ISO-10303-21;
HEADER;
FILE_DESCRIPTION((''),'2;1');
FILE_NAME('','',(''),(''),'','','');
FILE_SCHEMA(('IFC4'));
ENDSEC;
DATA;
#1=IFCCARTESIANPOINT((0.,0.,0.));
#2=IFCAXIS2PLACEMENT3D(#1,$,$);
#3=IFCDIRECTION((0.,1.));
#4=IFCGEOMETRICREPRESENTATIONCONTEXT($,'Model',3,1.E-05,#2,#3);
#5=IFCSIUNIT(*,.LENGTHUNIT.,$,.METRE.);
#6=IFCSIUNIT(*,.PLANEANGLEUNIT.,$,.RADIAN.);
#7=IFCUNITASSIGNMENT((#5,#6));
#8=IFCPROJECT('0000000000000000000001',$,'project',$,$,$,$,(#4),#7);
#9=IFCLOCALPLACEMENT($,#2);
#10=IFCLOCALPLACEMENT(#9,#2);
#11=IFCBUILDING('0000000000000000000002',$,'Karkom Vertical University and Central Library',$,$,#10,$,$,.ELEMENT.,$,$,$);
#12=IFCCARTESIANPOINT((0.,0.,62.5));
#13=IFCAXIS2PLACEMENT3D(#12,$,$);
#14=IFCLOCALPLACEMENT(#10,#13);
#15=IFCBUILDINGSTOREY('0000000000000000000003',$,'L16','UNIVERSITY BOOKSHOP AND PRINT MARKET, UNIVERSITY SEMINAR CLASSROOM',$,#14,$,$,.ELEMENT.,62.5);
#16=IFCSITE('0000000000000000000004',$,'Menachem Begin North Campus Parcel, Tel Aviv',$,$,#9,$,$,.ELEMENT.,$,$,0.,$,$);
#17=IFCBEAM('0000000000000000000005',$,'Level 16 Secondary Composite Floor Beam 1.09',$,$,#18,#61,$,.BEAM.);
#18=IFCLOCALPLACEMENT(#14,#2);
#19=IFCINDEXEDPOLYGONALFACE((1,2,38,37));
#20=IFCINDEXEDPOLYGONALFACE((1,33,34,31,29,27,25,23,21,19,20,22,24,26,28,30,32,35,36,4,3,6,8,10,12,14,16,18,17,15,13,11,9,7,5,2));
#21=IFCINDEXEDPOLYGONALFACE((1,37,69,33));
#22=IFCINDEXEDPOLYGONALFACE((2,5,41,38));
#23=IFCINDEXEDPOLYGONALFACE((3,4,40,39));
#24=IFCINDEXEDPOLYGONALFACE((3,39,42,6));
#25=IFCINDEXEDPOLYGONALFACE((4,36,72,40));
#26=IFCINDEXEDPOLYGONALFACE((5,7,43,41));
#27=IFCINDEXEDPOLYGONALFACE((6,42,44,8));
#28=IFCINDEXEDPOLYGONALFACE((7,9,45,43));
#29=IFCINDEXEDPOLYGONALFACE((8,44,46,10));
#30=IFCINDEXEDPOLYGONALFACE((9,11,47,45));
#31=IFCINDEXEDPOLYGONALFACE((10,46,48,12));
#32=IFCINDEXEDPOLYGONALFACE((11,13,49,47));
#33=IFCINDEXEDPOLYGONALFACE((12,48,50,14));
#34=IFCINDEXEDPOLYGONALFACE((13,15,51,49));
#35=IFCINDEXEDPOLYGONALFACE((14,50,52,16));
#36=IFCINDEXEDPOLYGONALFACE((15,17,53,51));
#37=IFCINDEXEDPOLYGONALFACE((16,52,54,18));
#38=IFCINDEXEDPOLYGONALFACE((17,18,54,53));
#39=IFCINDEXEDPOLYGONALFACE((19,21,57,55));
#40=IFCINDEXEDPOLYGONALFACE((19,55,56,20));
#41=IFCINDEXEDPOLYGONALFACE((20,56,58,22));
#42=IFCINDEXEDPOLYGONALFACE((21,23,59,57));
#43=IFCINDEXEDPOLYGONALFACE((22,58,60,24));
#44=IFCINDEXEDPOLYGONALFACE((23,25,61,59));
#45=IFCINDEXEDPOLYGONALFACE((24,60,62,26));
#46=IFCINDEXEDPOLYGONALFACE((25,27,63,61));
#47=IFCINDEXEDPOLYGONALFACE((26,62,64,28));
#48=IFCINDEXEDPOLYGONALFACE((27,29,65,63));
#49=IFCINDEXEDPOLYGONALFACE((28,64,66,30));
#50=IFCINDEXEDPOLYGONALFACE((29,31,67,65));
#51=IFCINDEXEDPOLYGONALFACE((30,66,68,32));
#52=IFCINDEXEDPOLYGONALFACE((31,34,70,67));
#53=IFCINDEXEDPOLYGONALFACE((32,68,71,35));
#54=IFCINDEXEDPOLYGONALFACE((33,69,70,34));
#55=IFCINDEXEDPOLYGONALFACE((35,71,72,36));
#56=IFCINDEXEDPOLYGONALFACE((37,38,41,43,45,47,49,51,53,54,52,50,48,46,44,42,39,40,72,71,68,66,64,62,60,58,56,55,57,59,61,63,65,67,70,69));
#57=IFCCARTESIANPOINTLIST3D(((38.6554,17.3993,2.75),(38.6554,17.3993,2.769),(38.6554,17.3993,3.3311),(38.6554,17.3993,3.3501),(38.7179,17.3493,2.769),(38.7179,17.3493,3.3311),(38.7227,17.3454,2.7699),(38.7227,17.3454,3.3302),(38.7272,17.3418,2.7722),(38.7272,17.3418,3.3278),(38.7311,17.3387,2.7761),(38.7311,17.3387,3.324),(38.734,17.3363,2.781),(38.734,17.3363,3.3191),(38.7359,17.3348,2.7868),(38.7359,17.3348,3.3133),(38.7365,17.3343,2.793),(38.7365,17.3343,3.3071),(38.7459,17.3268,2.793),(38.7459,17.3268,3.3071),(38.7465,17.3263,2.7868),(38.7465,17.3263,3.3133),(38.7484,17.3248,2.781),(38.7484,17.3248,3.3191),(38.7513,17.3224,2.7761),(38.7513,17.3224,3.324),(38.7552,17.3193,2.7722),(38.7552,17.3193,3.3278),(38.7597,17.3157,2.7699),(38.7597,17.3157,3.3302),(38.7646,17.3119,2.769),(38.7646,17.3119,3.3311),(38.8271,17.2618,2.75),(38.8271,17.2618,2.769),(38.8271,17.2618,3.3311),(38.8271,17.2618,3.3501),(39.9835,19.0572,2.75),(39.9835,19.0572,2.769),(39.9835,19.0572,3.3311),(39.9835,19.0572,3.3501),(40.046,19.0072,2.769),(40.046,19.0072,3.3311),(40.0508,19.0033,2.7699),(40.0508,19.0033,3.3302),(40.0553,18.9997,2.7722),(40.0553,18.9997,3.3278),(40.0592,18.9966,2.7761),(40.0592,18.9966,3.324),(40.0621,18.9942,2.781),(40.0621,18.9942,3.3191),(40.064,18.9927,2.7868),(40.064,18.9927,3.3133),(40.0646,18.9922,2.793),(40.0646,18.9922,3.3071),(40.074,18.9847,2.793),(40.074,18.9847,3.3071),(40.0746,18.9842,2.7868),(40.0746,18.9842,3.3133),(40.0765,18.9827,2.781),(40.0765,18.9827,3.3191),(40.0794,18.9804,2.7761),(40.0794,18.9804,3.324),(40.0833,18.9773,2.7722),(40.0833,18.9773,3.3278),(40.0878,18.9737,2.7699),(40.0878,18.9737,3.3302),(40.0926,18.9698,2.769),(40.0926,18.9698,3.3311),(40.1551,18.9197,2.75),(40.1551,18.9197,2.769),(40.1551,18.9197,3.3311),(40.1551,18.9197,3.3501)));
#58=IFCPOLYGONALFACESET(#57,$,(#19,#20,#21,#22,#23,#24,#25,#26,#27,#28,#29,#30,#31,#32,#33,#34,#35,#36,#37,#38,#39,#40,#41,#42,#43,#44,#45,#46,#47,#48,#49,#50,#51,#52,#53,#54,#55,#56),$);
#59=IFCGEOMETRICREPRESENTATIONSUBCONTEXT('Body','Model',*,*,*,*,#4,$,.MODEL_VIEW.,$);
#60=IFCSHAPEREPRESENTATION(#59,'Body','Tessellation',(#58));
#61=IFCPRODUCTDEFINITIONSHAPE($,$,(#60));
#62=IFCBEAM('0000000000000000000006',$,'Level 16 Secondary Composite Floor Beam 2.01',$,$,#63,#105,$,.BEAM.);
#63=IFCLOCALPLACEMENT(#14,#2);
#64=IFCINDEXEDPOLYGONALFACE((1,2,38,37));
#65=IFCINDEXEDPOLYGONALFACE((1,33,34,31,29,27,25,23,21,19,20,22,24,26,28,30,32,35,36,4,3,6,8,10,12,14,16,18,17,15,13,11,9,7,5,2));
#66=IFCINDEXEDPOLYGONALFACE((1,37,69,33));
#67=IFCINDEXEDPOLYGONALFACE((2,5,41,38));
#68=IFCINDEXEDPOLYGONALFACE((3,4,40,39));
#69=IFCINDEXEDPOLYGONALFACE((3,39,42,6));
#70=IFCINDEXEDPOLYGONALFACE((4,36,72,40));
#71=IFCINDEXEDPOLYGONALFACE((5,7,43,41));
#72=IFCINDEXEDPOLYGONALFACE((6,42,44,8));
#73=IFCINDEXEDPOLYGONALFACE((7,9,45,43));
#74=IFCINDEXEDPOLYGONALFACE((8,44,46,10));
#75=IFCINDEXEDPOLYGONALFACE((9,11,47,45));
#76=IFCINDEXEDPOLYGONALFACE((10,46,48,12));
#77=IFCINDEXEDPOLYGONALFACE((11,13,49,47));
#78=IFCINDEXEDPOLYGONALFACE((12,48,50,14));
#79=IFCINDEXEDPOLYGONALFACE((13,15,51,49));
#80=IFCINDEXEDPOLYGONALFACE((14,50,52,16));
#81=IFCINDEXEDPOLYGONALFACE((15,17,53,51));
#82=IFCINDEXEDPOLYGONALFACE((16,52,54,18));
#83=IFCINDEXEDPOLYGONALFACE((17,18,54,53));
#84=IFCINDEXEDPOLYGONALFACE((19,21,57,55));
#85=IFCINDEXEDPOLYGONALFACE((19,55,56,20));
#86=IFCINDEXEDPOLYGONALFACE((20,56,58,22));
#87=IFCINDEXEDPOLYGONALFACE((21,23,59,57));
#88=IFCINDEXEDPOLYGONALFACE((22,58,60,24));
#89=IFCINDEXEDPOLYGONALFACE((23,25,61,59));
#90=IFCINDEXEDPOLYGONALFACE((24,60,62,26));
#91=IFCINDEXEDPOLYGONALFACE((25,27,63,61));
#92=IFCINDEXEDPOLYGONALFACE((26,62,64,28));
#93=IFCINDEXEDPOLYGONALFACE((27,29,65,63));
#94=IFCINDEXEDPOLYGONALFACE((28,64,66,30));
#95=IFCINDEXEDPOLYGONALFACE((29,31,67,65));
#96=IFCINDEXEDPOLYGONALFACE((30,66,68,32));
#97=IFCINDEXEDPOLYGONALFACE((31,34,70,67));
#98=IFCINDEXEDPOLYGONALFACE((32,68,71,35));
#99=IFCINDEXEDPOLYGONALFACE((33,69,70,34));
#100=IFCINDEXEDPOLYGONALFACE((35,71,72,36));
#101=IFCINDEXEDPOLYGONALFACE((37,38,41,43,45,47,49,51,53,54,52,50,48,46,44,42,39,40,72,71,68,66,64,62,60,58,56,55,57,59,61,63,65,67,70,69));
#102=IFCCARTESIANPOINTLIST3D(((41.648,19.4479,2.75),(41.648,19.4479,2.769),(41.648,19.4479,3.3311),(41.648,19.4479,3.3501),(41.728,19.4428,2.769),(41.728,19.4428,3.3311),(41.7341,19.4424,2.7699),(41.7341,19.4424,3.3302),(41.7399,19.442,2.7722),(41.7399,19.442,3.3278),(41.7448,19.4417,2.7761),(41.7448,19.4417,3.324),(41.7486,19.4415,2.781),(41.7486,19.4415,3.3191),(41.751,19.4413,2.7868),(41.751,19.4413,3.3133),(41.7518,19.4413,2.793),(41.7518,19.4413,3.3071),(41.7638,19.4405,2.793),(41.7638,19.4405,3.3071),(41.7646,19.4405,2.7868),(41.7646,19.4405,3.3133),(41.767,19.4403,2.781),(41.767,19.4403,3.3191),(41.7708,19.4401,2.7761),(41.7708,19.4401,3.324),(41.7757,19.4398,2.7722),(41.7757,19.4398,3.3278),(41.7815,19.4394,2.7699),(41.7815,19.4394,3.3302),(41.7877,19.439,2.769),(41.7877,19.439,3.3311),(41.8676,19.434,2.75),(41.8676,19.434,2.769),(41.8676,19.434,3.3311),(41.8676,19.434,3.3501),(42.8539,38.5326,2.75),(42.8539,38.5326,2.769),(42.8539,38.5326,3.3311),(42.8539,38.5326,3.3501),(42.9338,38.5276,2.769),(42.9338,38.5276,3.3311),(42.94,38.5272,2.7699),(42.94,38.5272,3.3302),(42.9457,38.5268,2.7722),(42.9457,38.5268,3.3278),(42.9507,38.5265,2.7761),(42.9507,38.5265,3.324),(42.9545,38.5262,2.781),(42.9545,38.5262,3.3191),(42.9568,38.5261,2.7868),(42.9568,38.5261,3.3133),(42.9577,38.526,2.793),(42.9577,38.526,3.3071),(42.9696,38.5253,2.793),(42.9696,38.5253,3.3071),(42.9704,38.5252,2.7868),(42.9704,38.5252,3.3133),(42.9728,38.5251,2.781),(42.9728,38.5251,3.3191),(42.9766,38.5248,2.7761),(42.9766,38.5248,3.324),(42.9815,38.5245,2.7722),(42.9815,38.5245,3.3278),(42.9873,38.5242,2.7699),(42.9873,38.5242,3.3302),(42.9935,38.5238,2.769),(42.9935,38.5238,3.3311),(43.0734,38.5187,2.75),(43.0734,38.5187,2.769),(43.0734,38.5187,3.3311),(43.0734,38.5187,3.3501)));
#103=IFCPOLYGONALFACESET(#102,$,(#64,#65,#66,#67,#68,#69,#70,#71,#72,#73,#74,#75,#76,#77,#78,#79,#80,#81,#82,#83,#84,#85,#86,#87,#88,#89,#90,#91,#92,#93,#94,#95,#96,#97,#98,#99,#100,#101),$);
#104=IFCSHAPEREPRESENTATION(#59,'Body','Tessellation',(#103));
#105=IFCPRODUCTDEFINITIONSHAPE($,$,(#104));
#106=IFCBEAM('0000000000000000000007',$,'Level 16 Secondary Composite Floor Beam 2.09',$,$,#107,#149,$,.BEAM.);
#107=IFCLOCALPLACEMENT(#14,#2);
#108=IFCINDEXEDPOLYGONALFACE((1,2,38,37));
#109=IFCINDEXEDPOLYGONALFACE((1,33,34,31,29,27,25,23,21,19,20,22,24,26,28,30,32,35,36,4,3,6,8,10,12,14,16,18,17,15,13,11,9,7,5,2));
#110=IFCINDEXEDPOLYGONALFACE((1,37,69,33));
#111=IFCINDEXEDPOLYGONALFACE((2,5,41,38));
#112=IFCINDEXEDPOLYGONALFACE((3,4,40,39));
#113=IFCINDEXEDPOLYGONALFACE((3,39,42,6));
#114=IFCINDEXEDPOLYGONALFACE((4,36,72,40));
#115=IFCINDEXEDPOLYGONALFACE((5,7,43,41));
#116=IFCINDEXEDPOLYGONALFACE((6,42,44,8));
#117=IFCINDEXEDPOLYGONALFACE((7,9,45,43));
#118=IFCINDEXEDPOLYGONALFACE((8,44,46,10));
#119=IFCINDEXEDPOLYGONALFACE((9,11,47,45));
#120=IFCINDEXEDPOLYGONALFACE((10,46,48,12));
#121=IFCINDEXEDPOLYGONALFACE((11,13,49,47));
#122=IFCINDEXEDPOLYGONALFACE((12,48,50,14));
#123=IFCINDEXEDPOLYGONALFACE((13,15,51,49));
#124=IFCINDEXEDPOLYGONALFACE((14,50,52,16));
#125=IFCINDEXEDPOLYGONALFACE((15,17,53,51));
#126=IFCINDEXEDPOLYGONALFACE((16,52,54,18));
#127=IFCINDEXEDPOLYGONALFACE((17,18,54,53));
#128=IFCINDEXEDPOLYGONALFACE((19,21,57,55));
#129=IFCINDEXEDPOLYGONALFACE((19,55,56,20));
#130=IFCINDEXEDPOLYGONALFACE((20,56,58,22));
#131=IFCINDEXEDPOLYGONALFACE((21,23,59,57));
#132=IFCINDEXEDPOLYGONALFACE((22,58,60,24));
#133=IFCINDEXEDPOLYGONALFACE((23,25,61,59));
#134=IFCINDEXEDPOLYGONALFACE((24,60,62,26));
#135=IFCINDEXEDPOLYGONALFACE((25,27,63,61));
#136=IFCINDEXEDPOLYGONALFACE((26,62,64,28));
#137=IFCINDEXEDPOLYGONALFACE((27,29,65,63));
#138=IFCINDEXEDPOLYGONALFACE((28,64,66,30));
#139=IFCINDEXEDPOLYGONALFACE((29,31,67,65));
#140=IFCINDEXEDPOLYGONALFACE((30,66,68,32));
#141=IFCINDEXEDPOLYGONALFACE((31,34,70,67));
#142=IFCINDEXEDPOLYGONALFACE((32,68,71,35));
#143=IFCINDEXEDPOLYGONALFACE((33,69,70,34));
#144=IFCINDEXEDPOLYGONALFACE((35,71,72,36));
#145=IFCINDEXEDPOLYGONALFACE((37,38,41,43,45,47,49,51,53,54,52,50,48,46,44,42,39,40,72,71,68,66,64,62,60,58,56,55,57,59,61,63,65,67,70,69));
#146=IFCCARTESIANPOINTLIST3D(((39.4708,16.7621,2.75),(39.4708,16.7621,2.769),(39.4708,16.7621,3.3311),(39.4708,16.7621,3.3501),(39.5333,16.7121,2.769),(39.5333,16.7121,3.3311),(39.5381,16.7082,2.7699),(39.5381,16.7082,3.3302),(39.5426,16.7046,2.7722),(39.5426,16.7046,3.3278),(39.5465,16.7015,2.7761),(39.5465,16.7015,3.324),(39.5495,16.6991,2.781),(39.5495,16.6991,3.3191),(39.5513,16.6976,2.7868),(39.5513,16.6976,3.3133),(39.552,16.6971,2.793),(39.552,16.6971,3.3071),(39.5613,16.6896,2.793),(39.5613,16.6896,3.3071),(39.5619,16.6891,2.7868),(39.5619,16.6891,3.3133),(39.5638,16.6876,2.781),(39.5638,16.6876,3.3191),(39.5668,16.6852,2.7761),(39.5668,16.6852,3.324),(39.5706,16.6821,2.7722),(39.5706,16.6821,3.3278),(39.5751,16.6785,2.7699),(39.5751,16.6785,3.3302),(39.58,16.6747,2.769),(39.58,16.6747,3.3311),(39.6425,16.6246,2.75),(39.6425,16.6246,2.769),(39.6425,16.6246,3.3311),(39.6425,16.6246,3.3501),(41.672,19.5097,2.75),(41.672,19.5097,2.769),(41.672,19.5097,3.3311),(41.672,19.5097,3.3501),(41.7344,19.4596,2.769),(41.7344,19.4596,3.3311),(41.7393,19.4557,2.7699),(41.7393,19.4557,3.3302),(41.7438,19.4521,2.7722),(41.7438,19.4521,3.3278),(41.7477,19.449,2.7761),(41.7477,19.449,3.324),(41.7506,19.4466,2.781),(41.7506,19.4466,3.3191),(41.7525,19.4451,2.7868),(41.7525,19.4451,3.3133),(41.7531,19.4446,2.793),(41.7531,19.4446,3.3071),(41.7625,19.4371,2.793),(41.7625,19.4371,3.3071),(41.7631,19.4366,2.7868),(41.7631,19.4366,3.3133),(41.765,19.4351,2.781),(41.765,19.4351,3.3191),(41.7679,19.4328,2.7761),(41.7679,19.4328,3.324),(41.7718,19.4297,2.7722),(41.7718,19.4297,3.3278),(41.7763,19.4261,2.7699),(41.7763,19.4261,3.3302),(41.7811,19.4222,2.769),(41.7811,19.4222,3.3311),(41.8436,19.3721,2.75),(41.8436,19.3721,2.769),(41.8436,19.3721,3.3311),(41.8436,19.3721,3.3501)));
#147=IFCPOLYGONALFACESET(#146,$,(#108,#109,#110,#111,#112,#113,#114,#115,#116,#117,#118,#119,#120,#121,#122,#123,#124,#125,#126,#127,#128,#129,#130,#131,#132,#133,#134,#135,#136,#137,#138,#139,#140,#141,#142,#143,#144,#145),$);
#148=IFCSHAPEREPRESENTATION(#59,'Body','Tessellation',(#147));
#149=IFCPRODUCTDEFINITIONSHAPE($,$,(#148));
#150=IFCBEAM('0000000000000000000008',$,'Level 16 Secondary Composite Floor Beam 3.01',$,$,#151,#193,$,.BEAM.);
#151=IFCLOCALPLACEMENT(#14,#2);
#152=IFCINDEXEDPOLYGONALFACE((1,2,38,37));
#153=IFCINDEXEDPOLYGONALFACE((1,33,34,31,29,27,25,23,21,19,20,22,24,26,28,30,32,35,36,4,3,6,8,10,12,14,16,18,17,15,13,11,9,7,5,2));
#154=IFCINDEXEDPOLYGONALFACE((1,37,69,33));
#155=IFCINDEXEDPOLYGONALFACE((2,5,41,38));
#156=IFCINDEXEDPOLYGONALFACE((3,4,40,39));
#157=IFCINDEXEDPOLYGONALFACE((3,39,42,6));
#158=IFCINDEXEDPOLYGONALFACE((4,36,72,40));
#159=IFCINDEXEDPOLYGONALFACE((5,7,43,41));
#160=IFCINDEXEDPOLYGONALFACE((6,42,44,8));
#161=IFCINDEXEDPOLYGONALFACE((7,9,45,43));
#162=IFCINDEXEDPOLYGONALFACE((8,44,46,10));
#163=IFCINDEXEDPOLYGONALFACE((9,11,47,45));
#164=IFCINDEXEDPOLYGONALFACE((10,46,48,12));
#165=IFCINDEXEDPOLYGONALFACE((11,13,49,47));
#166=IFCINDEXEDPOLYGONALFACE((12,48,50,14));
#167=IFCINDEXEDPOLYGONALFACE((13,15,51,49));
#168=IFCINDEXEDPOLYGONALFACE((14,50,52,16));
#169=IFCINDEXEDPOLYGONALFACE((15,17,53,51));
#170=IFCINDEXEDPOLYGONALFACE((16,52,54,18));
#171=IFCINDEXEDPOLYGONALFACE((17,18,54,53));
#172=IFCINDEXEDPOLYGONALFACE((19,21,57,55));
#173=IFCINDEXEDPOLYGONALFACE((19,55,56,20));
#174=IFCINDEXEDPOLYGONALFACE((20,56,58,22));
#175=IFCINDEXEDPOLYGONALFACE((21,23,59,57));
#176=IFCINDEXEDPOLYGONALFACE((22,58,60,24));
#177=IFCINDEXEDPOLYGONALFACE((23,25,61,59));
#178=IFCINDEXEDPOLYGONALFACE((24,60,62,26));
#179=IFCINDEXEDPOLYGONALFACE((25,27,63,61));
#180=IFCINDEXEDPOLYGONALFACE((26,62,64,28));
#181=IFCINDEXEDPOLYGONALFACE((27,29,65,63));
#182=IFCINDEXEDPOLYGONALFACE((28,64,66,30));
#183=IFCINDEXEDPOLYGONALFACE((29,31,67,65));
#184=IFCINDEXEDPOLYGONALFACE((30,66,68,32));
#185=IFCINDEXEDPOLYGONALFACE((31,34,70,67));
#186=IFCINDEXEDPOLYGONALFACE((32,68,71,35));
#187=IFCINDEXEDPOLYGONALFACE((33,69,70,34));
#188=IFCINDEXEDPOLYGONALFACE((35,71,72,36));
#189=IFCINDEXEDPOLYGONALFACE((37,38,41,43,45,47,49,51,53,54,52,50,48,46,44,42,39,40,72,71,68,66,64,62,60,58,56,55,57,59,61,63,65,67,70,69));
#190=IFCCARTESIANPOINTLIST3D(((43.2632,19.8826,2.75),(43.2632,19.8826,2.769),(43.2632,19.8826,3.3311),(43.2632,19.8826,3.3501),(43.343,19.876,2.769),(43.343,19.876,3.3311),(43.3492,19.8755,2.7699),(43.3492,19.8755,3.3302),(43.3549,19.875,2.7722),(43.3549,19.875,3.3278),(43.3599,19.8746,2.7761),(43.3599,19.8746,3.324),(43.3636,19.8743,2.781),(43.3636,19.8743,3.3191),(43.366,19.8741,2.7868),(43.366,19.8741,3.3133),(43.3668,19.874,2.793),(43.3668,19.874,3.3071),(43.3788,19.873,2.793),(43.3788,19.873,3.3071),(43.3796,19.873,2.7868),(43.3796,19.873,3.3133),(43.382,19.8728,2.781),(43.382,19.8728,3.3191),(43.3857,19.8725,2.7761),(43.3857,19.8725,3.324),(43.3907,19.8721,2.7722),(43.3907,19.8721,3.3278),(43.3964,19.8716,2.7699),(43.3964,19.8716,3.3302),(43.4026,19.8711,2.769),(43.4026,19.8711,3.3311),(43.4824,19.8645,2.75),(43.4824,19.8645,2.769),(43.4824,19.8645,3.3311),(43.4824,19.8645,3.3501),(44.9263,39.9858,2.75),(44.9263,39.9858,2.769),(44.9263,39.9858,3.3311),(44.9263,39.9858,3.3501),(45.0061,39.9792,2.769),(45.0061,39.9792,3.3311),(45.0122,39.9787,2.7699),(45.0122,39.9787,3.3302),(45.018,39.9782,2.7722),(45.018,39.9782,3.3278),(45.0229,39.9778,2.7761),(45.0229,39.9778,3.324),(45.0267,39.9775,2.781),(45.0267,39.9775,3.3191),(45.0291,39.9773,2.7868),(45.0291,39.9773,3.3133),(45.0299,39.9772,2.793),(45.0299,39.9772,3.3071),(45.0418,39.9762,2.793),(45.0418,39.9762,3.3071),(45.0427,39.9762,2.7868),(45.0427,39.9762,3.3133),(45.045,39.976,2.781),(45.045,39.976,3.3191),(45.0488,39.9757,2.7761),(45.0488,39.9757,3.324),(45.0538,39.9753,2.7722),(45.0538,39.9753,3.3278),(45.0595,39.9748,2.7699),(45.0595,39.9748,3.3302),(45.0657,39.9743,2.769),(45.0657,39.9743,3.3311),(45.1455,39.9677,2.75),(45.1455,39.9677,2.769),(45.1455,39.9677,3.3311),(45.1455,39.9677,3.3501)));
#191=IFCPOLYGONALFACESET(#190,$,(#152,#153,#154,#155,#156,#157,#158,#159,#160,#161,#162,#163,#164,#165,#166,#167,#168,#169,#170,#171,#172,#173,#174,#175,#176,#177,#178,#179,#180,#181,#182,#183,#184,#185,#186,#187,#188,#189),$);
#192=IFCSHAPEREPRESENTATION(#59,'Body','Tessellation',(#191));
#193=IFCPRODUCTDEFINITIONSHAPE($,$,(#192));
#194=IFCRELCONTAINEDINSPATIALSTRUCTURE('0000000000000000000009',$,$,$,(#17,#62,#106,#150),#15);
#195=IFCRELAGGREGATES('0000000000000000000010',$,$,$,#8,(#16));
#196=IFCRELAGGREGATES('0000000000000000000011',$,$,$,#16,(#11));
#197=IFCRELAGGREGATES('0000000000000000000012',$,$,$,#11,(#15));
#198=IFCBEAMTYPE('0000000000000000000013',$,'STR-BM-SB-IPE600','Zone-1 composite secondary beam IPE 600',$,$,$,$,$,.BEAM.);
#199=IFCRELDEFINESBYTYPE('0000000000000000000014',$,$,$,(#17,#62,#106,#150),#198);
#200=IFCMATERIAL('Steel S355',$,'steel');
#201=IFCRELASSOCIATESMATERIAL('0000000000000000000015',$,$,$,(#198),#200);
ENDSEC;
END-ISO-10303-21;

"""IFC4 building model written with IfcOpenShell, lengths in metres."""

from ifc_helpers import new_model, si_unit, direction, frame, origin, origin_with_axes, origin_2d, place, context, subcontext, project, spatial, i_section, extrude, source, transform, mapped, material, material_profile, profile_set, type_object, element, save


model = new_model("IFC4")

# Units and contexts
model_context = context("Model", 3, precision=1e-05, world=origin(), true_north=direction((0.0, 1.0)))
body_context = subcontext(model_context, "Body", "Model", "MODEL_VIEW")
ifc_project = project(units=[si_unit("LENGTHUNIT", "METRE"), si_unit("PLANEANGLEUNIT", "RADIAN")], contexts=[model_context])

# Site, building, storey
site_placement = place(None, origin())
site = spatial("IfcSite", under=ifc_project, at=site_placement, Name="Menachem Begin North Campus Parcel, Tel Aviv", CompositionType="ELEMENT", RefElevation=0.0)
building_placement = place(site_placement, origin())
building = spatial("IfcBuilding", under=site, at=building_placement, Name="Karkom Vertical University and Central Library", CompositionType="ELEMENT")
storey_placement = place(building_placement, frame((0.0, 0.0, 62.5)))
storey = spatial("IfcBuildingStorey", under=building, at=storey_placement, Name="L16", Description="UNIVERSITY BOOKSHOP AND PRINT MARKET, UNIVERSITY SEMINAR CLASSROOM", CompositionType="ELEMENT", Elevation=62.5)

# Beams
ifc_material_1 = material(Name="Steel S355", Category="steel")
ifc_material_profile_1 = material_profile(ifc_material_1, i_section(OverallWidth=0.22, OverallDepth=0.6001, WebThickness=0.012, FlangeThickness=0.019, FilletRadius=0.0239, at=origin_2d()), Name="IPE 600")
ifc_profile_set_1 = profile_set([ifc_material_profile_1], Name="Steel S355")
beam_type_1 = type_object("IfcBeamType", Name="STR-BM-SB-IPE600", Description="Zone-1 composite secondary beam IPE 600", PredefinedType="BEAM", material=ifc_profile_set_1)
shared_shape_1 = source(origin_with_axes(), body_context, "Body", "SweptSolid", [
    extrude(i_section(OverallWidth=0.22, OverallDepth=0.6001, WebThickness=0.012, FlangeThickness=0.019, FilletRadius=0.0239, at=origin_2d()), origin(), (0.0, 0.0, 1.0), 2.1243),
])
beam_1_placement = place(storey_placement, frame((38.7412, 17.3306, 3.05), z_axis=(0.625199, 0.780465, 0.0), x_axis=(-0.780465, 0.625199, 0.0)))
element("IfcBeam", 1, at=beam_1_placement, inside=storey, type_object=beam_type_1, Name="Level 16 Secondary Composite Floor Beam 1.09", PredefinedType="BEAM", context=body_context, shape_type="MappedRepresentation", body=[
    mapped(shared_shape_1, transform((0.0, 0.0, 0.0), scale=1.0)),
])
shared_shape_2 = source(origin_with_axes(), body_context, "Body", "SweptSolid", [
    extrude(i_section(OverallWidth=0.22, OverallDepth=0.6001, WebThickness=0.012, FlangeThickness=0.019, FilletRadius=0.0239, at=origin_2d()), origin(), (0.0, 0.0, 1.0), 19.1228),
])
beam_2_placement = place(storey_placement, frame((41.7578, 19.4409, 3.05), z_axis=(0.063056, 0.99801, 0.0), x_axis=(-0.99801, 0.063056, 0.0)))
element("IfcBeam", 2, at=beam_2_placement, inside=storey, type_object=beam_type_1, Name="Level 16 Secondary Composite Floor Beam 2.01", PredefinedType="BEAM", context=body_context, shape_type="MappedRepresentation", body=[
    mapped(shared_shape_2, transform((0.0, 0.0, 0.0), scale=1.0)),
])
shared_shape_3 = source(origin_with_axes(), body_context, "Body", "SweptSolid", [
    extrude(i_section(OverallWidth=0.22, OverallDepth=0.6001, WebThickness=0.012, FlangeThickness=0.019, FilletRadius=0.0239, at=origin_2d()), origin(), (0.0, 0.0, 1.0), 3.5205),
])
beam_3_placement = place(storey_placement, frame((39.5566, 16.6934, 3.05), z_axis=(0.625236, 0.780436, 0.0), x_axis=(-0.780436, 0.625236, 0.0)))
element("IfcBeam", 3, at=beam_3_placement, inside=storey, type_object=beam_type_1, Name="Level 16 Secondary Composite Floor Beam 2.09", PredefinedType="BEAM", context=body_context, shape_type="MappedRepresentation", body=[
    mapped(shared_shape_3, transform((0.0, 0.0, 0.0), scale=1.0)),
])
shared_shape_4 = source(origin_with_axes(), body_context, "Body", "SweptSolid", [
    extrude(i_section(OverallWidth=0.22, OverallDepth=0.6001, WebThickness=0.012, FlangeThickness=0.019, FilletRadius=0.0239, at=origin_2d()), origin(), (0.0, 0.0, 1.0), 20.1719),
])
beam_4_placement = place(storey_placement, frame((43.3728, 19.8735, 3.05), z_axis=(0.082445, 0.996596, 0.0), x_axis=(-0.996596, 0.082445, 0.0)))
element("IfcBeam", 4, at=beam_4_placement, inside=storey, type_object=beam_type_1, Name="Level 16 Secondary Composite Floor Beam 3.01", PredefinedType="BEAM", context=body_context, shape_type="MappedRepresentation", body=[
    mapped(shared_shape_4, transform((0.0, 0.0, 0.0), scale=1.0)),
])

save(model, "model.ifc")
